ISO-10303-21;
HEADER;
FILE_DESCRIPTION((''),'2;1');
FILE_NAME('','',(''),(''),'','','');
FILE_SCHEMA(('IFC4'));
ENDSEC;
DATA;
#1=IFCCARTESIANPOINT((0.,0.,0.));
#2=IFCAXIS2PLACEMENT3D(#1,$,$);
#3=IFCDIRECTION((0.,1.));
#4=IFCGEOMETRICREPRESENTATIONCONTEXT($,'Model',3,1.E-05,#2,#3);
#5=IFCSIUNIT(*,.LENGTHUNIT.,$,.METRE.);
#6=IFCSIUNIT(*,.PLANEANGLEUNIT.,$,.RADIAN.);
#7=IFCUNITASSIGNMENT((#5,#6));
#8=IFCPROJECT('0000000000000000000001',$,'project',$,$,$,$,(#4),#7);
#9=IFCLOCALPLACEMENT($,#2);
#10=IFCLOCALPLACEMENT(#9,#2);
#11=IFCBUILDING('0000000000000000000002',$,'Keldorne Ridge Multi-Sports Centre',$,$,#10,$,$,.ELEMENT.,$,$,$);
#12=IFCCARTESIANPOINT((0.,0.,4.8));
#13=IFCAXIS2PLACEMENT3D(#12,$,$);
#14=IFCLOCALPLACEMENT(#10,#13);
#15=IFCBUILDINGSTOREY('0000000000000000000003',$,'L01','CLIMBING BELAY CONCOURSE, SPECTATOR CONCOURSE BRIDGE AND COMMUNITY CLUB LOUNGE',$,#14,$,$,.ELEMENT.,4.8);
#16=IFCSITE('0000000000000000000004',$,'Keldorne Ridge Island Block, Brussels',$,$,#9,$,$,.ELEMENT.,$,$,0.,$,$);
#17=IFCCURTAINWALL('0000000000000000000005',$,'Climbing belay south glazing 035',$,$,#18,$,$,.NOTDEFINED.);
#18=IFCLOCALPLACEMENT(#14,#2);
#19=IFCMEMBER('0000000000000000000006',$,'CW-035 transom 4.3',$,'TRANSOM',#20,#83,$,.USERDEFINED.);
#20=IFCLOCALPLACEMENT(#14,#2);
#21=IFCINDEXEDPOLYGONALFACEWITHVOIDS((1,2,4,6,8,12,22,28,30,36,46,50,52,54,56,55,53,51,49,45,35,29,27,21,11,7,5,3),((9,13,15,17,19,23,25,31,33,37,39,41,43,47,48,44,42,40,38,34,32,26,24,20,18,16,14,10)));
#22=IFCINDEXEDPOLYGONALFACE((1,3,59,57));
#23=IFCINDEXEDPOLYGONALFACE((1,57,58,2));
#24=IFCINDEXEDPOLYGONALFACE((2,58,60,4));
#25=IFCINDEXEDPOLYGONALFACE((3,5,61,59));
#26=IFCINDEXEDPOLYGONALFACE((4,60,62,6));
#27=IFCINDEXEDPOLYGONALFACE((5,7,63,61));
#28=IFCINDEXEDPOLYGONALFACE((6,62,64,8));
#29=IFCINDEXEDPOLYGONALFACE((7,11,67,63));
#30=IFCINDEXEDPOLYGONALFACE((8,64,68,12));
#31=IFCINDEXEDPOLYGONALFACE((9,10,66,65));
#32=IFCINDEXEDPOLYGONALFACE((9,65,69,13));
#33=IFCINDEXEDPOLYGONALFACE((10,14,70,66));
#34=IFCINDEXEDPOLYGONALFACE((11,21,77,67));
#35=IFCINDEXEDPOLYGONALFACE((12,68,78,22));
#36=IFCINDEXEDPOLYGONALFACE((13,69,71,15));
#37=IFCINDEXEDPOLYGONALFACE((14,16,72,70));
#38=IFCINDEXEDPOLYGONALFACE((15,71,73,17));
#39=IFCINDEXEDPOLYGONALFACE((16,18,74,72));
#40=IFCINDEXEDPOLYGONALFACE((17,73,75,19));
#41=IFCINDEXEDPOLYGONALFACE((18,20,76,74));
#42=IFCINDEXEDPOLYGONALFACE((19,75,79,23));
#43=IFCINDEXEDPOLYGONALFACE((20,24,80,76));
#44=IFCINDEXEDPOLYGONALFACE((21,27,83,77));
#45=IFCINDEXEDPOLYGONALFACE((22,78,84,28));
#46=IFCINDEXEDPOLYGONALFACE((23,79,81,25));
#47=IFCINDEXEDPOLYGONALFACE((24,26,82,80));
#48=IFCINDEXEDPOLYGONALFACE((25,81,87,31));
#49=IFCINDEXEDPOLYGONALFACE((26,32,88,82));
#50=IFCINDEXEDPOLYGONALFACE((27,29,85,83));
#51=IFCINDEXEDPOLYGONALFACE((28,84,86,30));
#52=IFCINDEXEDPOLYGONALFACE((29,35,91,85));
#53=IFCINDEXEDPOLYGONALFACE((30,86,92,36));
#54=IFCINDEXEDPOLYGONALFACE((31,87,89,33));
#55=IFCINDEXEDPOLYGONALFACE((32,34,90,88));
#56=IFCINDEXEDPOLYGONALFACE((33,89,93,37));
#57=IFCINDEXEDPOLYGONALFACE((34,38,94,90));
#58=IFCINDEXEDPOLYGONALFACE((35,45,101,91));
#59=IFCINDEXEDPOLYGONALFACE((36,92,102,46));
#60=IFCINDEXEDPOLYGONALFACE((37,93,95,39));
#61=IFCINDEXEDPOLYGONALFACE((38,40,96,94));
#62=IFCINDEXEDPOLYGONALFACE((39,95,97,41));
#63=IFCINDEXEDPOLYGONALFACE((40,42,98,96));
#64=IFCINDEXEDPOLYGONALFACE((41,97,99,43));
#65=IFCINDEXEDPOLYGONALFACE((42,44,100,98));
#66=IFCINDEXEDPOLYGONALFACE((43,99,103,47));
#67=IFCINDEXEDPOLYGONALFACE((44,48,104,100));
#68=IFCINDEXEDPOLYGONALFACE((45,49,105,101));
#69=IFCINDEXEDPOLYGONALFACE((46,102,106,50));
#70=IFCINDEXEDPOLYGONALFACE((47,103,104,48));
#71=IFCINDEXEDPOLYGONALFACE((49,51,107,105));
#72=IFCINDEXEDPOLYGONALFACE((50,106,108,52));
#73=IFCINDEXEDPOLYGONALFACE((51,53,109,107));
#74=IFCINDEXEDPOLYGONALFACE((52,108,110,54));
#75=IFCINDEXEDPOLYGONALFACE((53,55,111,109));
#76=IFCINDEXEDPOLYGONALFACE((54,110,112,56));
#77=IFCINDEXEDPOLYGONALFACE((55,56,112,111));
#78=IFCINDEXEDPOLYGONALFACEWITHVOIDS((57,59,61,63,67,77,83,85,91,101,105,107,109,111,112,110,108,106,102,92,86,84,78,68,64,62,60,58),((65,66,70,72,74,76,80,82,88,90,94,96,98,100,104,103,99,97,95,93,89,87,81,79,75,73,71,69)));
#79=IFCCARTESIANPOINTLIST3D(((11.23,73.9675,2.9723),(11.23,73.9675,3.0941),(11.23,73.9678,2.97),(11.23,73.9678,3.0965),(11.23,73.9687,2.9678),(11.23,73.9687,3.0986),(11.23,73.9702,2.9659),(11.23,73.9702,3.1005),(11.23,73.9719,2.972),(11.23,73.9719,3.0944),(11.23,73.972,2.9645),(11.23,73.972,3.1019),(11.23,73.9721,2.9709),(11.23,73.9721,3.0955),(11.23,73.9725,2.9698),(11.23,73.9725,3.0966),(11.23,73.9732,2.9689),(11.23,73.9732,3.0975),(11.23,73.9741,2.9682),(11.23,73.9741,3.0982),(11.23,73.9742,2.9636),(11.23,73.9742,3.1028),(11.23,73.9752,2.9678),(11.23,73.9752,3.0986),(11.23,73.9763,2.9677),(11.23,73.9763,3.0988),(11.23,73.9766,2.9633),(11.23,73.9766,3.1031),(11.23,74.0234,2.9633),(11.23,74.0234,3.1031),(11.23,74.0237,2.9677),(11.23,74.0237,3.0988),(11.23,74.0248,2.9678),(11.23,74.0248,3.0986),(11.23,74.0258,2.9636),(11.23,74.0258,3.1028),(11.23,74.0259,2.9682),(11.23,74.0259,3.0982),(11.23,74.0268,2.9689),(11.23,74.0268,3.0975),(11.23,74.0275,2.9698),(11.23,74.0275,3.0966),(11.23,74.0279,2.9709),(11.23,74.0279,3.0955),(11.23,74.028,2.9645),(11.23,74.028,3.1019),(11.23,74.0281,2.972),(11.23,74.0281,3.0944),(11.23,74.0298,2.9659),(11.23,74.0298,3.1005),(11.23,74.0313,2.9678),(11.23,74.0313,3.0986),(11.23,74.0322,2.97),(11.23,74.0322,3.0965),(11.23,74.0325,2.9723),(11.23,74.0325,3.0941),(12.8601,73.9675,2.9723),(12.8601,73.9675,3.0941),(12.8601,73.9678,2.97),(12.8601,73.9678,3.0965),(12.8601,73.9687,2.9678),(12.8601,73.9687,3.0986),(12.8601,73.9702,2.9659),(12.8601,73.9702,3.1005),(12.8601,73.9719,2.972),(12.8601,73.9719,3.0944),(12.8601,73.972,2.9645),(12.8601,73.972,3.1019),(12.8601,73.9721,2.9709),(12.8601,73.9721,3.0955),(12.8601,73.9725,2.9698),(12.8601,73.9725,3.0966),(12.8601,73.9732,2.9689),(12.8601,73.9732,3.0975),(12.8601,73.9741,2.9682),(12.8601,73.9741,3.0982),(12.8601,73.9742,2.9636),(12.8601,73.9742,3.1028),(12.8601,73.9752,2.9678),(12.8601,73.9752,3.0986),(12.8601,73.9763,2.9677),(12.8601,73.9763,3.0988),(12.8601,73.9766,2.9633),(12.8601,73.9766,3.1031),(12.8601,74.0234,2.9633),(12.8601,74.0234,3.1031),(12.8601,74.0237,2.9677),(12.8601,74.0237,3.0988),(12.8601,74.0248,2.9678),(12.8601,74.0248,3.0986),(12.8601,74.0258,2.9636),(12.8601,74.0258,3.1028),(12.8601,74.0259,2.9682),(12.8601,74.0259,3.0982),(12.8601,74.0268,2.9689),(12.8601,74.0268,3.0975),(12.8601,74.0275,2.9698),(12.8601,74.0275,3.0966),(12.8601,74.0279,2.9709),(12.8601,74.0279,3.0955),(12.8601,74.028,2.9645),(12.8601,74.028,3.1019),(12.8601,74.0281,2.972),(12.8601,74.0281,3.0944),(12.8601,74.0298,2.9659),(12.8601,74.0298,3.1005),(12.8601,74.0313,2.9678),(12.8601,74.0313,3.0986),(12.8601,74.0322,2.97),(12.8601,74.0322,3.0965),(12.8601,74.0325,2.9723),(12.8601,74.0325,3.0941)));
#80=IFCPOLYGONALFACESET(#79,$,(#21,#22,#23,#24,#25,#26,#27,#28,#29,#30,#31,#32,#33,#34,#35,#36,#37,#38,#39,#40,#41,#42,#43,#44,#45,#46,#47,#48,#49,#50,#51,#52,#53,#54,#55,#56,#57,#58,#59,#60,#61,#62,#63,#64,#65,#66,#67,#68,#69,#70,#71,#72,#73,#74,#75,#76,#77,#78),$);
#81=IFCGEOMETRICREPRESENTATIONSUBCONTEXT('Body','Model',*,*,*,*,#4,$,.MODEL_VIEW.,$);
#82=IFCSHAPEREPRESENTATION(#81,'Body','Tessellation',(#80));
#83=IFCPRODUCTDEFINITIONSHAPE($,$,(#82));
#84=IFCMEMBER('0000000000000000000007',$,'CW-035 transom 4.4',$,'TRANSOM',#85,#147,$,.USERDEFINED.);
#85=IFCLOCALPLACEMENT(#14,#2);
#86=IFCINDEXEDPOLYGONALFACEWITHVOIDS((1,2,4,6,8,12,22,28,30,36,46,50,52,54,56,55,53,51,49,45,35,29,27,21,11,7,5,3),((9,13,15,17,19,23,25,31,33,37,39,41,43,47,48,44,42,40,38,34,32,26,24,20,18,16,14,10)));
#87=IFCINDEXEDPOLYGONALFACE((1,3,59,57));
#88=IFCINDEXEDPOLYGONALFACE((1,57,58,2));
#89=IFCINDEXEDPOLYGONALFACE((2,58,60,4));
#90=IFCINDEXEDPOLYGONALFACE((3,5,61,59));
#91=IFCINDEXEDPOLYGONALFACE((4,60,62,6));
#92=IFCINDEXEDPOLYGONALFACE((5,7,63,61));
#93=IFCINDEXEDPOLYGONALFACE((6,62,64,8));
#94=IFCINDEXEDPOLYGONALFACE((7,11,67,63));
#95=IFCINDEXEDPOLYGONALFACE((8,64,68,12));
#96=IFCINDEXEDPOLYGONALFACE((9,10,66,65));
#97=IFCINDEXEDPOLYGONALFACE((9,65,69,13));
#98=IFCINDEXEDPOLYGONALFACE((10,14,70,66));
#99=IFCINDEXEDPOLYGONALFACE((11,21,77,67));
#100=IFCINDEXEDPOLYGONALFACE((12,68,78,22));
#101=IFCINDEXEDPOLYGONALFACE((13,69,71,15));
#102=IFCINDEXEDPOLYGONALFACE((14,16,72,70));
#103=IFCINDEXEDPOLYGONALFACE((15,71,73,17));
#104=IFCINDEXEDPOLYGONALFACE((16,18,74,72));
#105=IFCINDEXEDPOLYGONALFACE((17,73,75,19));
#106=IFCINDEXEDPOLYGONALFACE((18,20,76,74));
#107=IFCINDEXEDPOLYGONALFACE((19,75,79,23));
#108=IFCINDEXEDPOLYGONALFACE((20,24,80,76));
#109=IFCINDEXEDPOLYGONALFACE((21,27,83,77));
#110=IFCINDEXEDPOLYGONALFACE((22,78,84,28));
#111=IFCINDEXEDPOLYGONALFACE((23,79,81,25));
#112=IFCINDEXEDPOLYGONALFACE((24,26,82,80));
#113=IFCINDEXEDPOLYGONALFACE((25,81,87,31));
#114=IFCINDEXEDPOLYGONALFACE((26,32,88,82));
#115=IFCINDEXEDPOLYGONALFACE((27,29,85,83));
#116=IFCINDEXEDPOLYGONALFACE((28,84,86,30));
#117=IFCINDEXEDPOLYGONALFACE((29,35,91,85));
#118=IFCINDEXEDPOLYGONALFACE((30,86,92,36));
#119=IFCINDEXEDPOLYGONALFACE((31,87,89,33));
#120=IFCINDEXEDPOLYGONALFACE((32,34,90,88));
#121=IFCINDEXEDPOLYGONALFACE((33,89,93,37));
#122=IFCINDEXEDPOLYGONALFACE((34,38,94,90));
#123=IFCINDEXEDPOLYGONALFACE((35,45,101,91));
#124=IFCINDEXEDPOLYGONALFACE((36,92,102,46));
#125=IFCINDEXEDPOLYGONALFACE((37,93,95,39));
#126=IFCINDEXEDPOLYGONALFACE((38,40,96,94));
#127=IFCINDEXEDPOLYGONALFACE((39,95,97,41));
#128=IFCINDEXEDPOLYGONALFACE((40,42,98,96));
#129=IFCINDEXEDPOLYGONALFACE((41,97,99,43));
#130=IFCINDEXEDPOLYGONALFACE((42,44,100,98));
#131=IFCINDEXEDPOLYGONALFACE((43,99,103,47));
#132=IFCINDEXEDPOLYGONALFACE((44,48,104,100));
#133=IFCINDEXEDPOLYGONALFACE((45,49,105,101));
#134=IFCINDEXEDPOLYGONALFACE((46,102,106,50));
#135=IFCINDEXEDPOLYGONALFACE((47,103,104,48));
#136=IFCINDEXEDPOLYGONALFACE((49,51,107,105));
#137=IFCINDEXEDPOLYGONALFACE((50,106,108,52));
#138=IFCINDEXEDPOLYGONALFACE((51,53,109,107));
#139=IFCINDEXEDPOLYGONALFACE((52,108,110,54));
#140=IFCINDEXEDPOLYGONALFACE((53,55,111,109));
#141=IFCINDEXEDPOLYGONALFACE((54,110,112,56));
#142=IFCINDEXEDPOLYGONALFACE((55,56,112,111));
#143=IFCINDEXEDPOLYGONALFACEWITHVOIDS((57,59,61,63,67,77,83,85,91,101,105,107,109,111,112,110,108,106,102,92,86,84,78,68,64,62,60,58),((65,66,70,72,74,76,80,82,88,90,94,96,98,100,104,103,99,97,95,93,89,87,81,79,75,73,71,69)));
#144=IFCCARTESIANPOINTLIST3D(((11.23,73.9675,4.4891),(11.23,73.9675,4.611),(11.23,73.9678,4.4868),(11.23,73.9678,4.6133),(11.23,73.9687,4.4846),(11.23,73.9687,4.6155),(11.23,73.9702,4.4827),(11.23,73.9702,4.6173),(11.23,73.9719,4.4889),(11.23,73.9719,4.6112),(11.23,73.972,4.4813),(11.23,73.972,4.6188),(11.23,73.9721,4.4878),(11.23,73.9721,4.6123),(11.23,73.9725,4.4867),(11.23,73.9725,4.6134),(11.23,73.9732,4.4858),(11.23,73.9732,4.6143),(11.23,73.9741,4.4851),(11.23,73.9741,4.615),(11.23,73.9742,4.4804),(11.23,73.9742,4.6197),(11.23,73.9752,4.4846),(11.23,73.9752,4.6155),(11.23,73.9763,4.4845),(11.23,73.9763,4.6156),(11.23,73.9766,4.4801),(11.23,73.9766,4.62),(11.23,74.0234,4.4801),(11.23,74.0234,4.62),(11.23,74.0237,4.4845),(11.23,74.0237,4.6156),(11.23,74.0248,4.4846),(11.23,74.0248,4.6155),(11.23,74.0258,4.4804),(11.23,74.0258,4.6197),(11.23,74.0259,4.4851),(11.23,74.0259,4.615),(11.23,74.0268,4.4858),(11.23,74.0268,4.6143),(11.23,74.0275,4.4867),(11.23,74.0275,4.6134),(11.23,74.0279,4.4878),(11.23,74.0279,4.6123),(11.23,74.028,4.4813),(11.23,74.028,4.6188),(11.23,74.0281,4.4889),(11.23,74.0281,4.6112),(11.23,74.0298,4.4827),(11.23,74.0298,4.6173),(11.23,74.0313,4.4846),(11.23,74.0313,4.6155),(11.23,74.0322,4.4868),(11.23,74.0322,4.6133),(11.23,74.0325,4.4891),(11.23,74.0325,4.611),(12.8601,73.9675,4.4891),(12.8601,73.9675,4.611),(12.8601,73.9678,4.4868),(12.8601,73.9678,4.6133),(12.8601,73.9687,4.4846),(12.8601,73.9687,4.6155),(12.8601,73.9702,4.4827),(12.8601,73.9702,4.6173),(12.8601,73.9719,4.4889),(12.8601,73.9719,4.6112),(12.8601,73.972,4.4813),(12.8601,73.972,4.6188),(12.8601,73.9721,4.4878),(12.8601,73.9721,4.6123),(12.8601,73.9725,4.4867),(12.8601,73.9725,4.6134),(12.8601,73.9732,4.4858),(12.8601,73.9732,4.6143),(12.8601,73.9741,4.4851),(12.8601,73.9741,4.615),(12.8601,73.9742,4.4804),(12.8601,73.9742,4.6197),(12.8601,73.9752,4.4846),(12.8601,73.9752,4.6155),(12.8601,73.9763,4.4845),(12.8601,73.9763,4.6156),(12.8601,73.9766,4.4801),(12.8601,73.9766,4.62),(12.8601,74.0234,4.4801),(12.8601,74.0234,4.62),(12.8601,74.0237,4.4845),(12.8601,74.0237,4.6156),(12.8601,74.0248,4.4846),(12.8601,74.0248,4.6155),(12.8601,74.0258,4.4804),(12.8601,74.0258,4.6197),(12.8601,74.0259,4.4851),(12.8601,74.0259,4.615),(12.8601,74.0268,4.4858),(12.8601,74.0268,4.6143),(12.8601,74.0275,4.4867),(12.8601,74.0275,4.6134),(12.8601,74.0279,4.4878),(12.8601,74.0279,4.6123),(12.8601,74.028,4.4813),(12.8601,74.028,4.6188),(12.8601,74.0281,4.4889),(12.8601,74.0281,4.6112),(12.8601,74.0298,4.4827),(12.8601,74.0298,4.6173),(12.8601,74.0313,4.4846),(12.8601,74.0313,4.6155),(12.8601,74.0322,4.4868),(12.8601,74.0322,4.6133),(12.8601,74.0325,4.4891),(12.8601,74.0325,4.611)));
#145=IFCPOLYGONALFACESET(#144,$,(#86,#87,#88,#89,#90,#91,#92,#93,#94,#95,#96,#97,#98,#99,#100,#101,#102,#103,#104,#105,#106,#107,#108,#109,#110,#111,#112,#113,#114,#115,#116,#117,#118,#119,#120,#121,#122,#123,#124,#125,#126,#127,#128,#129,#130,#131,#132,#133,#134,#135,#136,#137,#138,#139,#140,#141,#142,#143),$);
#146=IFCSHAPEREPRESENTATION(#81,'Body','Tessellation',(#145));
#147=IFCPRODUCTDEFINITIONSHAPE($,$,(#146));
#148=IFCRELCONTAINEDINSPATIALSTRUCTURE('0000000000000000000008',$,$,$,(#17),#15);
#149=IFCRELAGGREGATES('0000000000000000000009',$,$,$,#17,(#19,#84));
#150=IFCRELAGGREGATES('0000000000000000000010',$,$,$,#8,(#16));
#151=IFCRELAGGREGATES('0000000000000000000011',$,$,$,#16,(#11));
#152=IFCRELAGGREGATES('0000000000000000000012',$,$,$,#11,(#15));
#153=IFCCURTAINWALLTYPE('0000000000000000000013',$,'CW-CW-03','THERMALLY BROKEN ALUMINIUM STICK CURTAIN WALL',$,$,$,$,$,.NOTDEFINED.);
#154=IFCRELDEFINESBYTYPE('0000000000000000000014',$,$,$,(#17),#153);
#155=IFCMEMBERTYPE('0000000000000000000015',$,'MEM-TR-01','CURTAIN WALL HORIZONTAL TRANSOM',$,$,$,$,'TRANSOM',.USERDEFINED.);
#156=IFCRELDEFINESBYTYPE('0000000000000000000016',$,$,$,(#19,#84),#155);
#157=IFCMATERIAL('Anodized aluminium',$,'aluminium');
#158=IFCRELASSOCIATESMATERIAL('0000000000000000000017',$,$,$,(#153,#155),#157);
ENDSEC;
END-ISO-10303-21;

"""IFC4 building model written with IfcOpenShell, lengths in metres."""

from ifc_helpers import new_model, si_unit, direction, frame, origin, origin_2d, place, context, subcontext, project, spatial, hollow_rectangle, extrude, material, material_profile, profile_set, type_object, element, aggregate, save


model = new_model("IFC4")

# Units and contexts
model_context = context("Model", 3, precision=1e-05, world=origin(), true_north=direction((0.0, 1.0)))
body_context = subcontext(model_context, "Body", "Model", "MODEL_VIEW")
ifc_project = project(units=[si_unit("LENGTHUNIT", "METRE"), si_unit("PLANEANGLEUNIT", "RADIAN")], contexts=[model_context])

# Site, building, storey
site_placement = place(None, origin())
site = spatial("IfcSite", under=ifc_project, at=site_placement, Name="Keldorne Ridge Island Block, Brussels", CompositionType="ELEMENT", RefElevation=0.0)
building_placement = place(site_placement, origin())
building = spatial("IfcBuilding", under=site, at=building_placement, Name="Keldorne Ridge Multi-Sports Centre", CompositionType="ELEMENT")
storey_placement = place(building_placement, frame((0.0, 0.0, 4.8)))
storey = spatial("IfcBuildingStorey", under=building, at=storey_placement, Name="L01", Description="CLIMBING BELAY CONCOURSE, SPECTATOR CONCOURSE BRIDGE AND COMMUNITY CLUB LOUNGE", CompositionType="ELEMENT", Elevation=4.8)

# Curtain wall
ifc_material_1 = material(Name="Anodized aluminium", Category="aluminium")
curtain_wall_type_1 = type_object("IfcCurtainWallType", Name="CW-CW-03", Description="THERMALLY BROKEN ALUMINIUM STICK CURTAIN WALL", PredefinedType="NOTDEFINED", material=ifc_material_1)
curtain_wall_1_placement = place(storey_placement, origin())
curtain_wall_1 = element("IfcCurtainWall", 1, at=curtain_wall_1_placement, inside=storey, type_object=curtain_wall_type_1, Name="Climbing belay south glazing 035", PredefinedType="NOTDEFINED")

# Members
ifc_material_profile_1 = material_profile(ifc_material_1, hollow_rectangle(XDim=0.0649, YDim=0.1399, WallThickness=0.0044, InnerFilletRadius=0.0044, OuterFilletRadius=0.009, at=origin_2d()), Name="ALU TRANSOM 140x65x4.5")
ifc_profile_set_1 = profile_set([ifc_material_profile_1], Name="Anodized aluminium")
member_type_1 = type_object("IfcMemberType", Name="MEM-TR-01", Description="CURTAIN WALL HORIZONTAL TRANSOM", ElementType="TRANSOM", PredefinedType="USERDEFINED", material=ifc_profile_set_1)
member_1_placement = place(storey_placement, frame((11.23, 74.0, 3.0332), z_axis=(1.0, 0.0, 0.0), x_axis=(0.0, 1.0, 0.0)))
member_1 = element("IfcMember", 2, at=member_1_placement, type_object=member_type_1, Name="CW-035 transom 4.3", ObjectType="TRANSOM", PredefinedType="USERDEFINED", context=body_context, shape_type="SweptSolid", body=[
    extrude(hollow_rectangle(XDim=0.0649, YDim=0.1399, WallThickness=0.0044, InnerFilletRadius=0.0044, OuterFilletRadius=0.009, at=origin_2d()), origin(), (0.0, 0.0, 1.0), 1.6301),
])
member_2_placement = place(storey_placement, frame((11.23, 74.0, 4.55), z_axis=(1.0, 0.0, 0.0), x_axis=(0.0, 1.0, 0.0)))
member_2 = element("IfcMember", 3, at=member_2_placement, type_object=member_type_1, Name="CW-035 transom 4.4", ObjectType="TRANSOM", PredefinedType="USERDEFINED", context=body_context, shape_type="SweptSolid", body=[
    extrude(hollow_rectangle(XDim=0.0649, YDim=0.1399, WallThickness=0.0044, InnerFilletRadius=0.0044, OuterFilletRadius=0.009, at=origin_2d()), origin(), (0.0, 0.0, 1.0), 1.6301),
])

aggregate(curtain_wall_1, [member_1, member_2])

save(model, "model.ifc")
